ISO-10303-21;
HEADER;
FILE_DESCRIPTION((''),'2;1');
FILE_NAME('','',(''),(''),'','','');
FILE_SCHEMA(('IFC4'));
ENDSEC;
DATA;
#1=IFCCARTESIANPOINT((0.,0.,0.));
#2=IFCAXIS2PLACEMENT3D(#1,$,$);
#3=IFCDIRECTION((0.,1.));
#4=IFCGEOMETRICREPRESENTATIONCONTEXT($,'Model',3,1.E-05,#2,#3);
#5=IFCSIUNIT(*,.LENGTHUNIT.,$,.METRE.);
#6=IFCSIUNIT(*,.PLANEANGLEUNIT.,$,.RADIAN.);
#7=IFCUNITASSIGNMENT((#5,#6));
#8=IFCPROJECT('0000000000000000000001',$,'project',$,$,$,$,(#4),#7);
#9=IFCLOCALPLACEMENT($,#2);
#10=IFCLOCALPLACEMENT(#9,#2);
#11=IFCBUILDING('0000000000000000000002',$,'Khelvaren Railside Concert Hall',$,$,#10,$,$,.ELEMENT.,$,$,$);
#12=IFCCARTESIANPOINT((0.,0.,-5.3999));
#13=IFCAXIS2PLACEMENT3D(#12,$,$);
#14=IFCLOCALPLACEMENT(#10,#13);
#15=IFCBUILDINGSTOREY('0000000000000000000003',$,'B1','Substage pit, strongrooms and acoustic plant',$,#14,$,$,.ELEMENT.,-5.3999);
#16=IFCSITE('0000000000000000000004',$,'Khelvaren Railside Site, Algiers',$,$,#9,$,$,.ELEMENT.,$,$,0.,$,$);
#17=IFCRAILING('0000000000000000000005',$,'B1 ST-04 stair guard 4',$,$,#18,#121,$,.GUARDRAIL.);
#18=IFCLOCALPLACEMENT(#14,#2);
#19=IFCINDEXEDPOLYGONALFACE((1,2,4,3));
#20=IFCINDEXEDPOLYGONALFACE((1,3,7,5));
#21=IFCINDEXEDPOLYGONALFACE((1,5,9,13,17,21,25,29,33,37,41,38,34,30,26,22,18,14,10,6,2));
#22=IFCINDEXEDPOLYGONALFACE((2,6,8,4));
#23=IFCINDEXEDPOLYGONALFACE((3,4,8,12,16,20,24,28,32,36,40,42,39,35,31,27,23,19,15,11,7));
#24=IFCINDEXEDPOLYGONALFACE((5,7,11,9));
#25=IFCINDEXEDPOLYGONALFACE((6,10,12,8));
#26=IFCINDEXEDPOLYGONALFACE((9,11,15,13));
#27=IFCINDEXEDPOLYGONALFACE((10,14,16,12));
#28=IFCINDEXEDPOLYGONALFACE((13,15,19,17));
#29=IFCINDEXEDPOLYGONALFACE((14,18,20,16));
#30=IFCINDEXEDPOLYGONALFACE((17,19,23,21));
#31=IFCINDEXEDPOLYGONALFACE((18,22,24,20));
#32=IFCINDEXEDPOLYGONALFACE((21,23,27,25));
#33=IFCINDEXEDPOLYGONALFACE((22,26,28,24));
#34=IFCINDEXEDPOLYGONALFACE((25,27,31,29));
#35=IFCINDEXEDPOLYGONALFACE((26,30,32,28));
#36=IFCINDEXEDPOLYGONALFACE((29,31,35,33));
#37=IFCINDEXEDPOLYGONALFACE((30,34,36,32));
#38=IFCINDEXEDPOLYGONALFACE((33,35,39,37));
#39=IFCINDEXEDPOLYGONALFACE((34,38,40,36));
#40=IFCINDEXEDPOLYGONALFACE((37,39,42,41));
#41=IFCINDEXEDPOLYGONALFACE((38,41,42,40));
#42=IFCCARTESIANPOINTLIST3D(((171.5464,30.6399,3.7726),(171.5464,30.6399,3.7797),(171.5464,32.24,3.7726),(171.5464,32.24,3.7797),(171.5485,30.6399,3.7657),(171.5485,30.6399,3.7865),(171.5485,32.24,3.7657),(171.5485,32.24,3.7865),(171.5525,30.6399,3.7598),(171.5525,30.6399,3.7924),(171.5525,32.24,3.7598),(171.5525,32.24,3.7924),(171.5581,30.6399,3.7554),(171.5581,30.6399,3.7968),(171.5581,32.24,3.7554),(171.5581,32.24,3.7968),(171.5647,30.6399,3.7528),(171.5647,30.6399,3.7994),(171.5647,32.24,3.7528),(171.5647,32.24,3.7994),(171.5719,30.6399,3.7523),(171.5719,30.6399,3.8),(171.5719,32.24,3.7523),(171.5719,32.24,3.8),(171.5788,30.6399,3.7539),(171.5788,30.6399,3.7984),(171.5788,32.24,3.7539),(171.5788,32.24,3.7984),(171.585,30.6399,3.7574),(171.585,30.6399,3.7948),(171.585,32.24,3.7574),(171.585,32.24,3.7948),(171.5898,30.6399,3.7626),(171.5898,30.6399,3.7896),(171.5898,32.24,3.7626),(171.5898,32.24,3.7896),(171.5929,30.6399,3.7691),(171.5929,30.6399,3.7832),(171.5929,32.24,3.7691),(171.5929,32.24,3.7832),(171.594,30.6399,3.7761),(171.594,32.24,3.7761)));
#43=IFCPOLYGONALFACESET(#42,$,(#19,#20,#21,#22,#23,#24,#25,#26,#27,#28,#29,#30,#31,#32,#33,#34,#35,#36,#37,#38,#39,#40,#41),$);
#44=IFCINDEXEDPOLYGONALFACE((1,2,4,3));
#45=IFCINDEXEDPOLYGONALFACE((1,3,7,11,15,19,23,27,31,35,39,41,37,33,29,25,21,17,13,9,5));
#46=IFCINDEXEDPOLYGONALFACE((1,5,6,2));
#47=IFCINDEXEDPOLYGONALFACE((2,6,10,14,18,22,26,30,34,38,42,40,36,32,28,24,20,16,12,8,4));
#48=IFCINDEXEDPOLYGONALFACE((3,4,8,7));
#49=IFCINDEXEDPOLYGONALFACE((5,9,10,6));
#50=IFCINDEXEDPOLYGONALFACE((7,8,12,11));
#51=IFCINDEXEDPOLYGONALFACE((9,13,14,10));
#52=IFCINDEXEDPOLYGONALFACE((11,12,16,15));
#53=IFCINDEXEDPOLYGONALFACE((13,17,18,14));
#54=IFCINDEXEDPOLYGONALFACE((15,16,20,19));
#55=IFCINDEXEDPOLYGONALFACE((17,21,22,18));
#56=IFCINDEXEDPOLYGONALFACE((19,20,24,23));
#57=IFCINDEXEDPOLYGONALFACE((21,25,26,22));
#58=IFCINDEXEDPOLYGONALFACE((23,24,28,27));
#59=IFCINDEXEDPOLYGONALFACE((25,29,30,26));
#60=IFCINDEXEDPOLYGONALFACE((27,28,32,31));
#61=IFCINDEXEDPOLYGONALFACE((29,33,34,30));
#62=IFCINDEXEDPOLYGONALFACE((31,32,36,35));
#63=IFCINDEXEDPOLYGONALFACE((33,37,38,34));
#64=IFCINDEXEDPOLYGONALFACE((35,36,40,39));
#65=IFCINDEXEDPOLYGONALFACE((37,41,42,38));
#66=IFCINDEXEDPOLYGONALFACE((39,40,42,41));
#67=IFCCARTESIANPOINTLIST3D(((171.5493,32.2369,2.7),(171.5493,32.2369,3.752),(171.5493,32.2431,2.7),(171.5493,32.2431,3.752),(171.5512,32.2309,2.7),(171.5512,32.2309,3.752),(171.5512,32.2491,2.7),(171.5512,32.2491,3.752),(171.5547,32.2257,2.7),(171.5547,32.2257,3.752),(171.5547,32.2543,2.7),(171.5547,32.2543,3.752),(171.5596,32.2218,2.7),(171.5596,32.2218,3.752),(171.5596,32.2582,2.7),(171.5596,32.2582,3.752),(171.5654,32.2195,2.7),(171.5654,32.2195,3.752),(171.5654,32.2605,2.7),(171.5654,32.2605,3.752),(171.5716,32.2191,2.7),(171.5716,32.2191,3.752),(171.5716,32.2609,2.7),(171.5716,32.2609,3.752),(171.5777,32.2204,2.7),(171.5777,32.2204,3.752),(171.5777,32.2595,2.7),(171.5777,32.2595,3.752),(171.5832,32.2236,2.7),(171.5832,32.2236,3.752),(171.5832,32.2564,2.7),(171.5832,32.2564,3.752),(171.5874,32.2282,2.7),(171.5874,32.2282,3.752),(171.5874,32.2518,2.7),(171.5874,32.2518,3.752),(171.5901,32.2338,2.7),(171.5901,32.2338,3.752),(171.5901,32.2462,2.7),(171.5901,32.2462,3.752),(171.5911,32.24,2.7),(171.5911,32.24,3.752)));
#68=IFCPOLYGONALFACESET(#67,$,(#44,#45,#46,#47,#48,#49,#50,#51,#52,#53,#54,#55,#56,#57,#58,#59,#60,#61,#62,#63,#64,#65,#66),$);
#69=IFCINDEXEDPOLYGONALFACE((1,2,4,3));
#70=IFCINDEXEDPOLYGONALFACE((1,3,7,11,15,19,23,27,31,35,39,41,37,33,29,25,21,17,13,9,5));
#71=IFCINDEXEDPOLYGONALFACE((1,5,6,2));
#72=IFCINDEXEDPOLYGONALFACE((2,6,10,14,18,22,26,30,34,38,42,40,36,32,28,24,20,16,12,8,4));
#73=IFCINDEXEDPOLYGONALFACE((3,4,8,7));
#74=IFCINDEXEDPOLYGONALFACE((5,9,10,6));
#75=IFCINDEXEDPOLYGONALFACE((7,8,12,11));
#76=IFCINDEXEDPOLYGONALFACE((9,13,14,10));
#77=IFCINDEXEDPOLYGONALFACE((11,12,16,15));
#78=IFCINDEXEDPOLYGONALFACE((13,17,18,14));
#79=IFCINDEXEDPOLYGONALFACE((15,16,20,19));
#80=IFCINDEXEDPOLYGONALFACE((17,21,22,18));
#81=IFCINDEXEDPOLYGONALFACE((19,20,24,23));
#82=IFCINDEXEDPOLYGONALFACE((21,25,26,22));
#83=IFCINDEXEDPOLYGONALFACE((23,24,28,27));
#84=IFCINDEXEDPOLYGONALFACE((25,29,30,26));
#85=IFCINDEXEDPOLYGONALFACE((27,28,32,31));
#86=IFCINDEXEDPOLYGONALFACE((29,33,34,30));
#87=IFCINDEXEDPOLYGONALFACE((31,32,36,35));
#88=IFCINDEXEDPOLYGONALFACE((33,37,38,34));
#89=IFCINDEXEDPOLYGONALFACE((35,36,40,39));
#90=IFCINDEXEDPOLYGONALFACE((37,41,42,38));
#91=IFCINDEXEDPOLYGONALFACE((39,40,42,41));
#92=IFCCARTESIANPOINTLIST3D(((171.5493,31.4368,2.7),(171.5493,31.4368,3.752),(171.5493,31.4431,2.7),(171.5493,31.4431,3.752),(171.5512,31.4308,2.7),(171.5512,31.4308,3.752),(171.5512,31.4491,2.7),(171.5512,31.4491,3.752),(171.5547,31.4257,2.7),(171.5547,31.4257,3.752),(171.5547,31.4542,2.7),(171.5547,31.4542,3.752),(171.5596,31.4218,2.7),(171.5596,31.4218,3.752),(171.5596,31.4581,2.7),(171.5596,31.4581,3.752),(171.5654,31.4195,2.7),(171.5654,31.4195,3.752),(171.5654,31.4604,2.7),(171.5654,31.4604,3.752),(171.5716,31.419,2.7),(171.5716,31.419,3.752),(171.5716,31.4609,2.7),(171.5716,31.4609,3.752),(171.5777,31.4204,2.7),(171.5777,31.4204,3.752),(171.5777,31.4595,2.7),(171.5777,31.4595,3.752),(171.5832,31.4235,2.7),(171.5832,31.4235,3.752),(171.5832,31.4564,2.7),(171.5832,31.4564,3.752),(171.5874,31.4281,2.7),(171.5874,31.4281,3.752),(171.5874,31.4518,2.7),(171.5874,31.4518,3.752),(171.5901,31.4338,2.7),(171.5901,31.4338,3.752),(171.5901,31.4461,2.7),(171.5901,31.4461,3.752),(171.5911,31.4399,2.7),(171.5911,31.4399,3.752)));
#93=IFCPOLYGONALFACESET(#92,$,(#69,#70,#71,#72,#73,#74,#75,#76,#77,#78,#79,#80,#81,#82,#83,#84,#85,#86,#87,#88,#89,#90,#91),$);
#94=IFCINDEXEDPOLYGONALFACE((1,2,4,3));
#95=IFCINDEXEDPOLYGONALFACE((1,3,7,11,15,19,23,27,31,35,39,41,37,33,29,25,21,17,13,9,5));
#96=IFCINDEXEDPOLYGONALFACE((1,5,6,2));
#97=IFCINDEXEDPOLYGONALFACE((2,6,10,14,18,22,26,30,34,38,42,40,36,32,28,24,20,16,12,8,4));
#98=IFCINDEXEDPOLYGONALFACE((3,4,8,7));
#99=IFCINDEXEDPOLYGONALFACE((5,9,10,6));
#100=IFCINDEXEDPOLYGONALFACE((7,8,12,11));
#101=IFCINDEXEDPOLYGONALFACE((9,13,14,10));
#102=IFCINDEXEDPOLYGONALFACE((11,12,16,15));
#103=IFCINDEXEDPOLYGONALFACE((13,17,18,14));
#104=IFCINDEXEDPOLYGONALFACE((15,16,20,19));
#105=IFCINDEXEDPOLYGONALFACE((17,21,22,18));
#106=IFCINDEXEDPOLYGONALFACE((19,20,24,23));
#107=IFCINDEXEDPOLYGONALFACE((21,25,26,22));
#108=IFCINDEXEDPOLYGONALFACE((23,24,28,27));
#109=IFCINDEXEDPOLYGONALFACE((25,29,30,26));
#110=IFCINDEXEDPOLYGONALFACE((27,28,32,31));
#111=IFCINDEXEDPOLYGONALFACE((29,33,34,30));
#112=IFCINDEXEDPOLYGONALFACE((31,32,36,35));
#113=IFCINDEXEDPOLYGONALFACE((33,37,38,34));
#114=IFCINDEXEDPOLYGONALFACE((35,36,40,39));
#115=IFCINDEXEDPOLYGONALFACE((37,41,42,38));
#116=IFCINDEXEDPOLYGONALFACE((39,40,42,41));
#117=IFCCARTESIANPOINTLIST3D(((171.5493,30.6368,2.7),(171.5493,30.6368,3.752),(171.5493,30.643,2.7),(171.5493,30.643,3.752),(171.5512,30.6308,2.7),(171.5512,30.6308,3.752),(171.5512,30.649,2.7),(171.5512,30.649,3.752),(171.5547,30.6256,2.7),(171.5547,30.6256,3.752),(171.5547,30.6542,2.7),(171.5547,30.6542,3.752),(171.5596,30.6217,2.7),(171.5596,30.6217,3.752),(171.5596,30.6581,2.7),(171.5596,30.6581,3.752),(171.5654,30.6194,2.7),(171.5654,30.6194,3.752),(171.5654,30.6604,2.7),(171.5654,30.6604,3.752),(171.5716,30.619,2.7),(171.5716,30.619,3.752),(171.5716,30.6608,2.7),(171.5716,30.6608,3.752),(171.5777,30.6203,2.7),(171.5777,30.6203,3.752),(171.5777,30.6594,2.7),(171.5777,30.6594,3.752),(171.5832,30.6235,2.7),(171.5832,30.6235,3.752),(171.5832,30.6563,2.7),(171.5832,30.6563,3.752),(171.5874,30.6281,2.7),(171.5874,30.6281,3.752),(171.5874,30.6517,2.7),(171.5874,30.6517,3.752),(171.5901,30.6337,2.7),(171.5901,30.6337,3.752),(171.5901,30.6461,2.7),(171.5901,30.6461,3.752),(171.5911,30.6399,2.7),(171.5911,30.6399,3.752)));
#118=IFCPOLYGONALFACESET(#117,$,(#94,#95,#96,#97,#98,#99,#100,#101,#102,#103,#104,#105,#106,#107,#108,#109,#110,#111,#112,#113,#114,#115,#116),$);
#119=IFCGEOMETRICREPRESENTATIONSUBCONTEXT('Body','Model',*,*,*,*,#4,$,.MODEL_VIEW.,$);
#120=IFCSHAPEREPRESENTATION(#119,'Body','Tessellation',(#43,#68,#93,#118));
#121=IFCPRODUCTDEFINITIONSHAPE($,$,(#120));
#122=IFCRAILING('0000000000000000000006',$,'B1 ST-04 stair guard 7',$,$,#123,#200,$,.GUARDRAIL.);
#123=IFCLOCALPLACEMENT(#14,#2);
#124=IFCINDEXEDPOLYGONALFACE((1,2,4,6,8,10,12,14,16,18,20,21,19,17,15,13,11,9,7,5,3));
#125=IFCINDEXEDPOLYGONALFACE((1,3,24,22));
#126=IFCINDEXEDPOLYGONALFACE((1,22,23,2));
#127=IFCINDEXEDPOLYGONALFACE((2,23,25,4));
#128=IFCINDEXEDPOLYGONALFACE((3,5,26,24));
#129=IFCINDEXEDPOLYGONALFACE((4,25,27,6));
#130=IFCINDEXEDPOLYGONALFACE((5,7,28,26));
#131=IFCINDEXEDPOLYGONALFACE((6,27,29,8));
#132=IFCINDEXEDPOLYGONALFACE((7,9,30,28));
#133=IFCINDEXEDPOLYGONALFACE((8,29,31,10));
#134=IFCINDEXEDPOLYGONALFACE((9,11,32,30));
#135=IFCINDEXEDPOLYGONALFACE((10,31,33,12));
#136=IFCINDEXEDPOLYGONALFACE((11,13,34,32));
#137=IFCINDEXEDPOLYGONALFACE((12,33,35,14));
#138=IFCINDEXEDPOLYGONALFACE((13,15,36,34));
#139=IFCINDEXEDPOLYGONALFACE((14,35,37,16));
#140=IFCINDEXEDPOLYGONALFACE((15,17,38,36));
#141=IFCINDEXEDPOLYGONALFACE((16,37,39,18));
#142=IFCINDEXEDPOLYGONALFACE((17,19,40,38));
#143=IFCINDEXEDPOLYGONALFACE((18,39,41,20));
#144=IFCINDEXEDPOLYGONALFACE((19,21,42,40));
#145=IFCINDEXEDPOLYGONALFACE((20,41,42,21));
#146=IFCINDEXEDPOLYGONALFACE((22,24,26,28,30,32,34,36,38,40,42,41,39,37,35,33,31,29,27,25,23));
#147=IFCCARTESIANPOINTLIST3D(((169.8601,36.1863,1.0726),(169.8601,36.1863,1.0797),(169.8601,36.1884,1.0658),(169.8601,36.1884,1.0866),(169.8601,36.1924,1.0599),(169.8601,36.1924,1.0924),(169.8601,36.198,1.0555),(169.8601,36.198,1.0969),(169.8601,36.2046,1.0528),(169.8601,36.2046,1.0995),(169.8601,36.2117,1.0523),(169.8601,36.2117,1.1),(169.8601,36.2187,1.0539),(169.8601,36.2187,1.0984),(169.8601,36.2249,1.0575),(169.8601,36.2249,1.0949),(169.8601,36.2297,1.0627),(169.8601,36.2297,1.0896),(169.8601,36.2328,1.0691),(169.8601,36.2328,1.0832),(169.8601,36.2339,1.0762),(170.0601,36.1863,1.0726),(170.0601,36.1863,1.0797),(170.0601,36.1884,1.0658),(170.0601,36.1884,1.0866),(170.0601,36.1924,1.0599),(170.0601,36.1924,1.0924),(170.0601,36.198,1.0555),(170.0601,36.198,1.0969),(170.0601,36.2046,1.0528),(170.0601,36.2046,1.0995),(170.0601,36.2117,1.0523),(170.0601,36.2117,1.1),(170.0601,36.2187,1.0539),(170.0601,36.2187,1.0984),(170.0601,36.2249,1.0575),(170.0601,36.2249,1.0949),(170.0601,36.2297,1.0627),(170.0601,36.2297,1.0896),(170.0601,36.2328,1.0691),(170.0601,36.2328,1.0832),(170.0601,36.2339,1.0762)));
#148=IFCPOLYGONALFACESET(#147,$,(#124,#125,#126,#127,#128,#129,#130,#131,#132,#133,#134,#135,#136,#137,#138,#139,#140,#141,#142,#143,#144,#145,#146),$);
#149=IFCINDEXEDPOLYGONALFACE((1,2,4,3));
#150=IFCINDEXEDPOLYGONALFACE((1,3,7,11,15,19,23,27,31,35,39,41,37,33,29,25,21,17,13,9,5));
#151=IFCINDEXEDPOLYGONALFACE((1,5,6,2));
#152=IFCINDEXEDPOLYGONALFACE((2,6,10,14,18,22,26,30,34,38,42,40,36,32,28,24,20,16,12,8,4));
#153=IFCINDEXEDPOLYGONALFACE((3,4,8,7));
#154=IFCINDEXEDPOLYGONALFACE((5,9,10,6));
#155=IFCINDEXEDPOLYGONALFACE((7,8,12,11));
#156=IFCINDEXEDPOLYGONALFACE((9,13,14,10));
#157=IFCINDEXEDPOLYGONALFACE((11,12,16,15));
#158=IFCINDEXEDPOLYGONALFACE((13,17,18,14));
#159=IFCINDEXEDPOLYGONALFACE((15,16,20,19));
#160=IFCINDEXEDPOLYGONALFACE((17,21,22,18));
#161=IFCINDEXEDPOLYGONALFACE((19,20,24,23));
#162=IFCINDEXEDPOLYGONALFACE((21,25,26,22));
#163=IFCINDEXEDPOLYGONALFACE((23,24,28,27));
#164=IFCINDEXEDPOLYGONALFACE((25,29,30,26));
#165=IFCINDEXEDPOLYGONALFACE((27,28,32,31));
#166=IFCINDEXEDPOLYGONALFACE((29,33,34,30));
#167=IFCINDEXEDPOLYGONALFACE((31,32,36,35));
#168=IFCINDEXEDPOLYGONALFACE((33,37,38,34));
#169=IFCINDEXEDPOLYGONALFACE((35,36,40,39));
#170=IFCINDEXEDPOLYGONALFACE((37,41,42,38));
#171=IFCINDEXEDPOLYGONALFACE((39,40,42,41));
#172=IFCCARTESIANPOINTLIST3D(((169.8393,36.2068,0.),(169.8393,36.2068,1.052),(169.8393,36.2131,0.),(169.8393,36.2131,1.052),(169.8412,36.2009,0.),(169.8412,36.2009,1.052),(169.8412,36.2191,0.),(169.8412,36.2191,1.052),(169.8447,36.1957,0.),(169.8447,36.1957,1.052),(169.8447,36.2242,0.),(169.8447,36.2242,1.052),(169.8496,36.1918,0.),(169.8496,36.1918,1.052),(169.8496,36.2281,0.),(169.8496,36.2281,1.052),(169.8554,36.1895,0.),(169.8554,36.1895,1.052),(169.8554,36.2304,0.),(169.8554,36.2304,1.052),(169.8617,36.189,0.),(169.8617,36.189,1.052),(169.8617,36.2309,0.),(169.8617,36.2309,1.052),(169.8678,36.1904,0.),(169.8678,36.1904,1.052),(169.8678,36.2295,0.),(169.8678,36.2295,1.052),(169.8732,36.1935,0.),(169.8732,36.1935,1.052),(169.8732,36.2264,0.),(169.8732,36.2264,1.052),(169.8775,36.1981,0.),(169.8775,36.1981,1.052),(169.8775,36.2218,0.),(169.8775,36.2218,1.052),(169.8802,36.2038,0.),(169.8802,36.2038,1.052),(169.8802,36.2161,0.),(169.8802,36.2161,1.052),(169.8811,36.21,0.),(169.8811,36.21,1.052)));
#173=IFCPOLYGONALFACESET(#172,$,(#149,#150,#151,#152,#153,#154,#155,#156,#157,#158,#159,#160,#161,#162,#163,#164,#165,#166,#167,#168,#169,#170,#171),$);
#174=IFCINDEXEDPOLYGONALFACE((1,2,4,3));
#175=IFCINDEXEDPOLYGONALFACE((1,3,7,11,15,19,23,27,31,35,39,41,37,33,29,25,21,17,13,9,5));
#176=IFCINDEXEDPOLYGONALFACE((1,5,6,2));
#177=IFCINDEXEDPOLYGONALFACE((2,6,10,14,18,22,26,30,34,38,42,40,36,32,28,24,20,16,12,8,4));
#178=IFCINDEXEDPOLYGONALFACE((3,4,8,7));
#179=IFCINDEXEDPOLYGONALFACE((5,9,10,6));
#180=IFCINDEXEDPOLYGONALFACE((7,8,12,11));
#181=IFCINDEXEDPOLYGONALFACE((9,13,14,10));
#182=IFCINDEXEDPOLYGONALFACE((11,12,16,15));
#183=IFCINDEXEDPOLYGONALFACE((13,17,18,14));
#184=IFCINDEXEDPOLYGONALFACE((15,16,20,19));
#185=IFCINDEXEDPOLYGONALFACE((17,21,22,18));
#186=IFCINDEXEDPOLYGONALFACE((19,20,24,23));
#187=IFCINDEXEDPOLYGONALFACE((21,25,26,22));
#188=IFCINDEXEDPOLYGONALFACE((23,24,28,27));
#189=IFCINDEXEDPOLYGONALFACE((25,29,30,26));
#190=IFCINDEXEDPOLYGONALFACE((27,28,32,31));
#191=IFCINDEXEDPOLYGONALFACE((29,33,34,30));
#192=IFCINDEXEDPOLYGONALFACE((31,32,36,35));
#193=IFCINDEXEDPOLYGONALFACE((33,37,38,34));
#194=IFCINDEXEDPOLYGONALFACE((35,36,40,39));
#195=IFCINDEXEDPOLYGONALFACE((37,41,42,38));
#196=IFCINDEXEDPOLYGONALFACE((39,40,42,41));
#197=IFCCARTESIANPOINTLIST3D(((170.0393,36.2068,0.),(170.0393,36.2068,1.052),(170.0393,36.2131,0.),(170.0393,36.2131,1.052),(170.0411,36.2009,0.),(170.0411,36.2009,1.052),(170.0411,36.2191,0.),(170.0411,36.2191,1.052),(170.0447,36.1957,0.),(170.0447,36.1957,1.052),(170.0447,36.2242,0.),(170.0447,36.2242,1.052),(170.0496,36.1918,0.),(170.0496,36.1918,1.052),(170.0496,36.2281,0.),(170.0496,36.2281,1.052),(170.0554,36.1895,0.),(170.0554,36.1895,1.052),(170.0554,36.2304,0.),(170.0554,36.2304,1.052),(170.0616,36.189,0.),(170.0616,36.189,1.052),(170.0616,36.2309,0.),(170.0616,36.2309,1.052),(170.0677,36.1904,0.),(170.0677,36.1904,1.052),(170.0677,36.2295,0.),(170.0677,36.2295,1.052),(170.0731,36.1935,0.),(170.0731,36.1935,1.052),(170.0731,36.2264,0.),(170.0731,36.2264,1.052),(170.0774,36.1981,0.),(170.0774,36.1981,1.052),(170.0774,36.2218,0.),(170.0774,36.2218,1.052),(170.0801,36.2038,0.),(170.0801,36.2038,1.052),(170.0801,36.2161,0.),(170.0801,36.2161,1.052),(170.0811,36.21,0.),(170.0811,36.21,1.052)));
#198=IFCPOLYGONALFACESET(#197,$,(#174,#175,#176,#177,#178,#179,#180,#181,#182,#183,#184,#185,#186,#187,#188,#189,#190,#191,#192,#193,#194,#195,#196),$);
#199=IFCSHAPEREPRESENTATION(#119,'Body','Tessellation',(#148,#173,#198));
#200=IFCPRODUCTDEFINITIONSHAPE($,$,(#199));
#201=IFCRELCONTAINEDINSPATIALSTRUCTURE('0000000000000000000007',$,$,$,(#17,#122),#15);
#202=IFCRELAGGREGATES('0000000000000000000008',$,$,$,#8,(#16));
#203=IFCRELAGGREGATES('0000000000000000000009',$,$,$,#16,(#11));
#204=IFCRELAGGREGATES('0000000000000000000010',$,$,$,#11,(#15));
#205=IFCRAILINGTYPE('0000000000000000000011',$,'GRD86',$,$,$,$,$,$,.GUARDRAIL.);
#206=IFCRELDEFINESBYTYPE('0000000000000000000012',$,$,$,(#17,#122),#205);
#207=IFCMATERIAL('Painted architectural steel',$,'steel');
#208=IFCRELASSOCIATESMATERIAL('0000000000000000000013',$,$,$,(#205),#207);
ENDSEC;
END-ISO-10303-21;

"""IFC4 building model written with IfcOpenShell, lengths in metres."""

from ifc_helpers import new_model, si_unit, direction, frame, origin, origin_2d, place, context, subcontext, project, spatial, circle, extrude, material, type_object, element, save


model = new_model("IFC4")

# Units and contexts
model_context = context("Model", 3, precision=1e-05, world=origin(), true_north=direction((0.0, 1.0)))
body_context = subcontext(model_context, "Body", "Model", "MODEL_VIEW")
ifc_project = project(units=[si_unit("LENGTHUNIT", "METRE"), si_unit("PLANEANGLEUNIT", "RADIAN")], contexts=[model_context])

# Site, building, storey
site_placement = place(None, origin())
site = spatial("IfcSite", under=ifc_project, at=site_placement, Name="Khelvaren Railside Site, Algiers", CompositionType="ELEMENT", RefElevation=0.0)
building_placement = place(site_placement, origin())
building = spatial("IfcBuilding", under=site, at=building_placement, Name="Khelvaren Railside Concert Hall", CompositionType="ELEMENT")
storey_placement = place(building_placement, frame((0.0, 0.0, -5.3999)))
storey = spatial("IfcBuildingStorey", under=building, at=storey_placement, Name="B1", Description="Substage pit, strongrooms and acoustic plant", CompositionType="ELEMENT", Elevation=-5.3999)

# Railings
ifc_material_1 = material(Name="Painted architectural steel", Category="steel")
railing_type_1 = type_object("IfcRailingType", Name="GRD86", PredefinedType="GUARDRAIL", material=ifc_material_1)
railing_1_placement = place(storey_placement, frame((171.5701, 32.24, 2.7)))
element("IfcRailing", 1, at=railing_1_placement, inside=storey, type_object=railing_type_1, Name="B1 ST-04 stair guard 4", PredefinedType="GUARDRAIL", context=body_context, shape_type="SweptSolid", body=[
    extrude(circle(Radius=0.0239, at=origin_2d()), frame((0.0, 0.0, 1.0762), z_axis=(0.0, -1.0, 0.0), x_axis=(1.0, 0.0, 0.0)), (0.0, 0.0, 1.0), 1.6001),
    extrude(circle(Radius=0.021, at=origin_2d()), origin(), (0.0, 0.0, 1.0), 1.052),
    extrude(circle(Radius=0.021, at=origin_2d()), frame((0.0, -0.8, 0.0)), (0.0, 0.0, 1.0), 1.052),
    extrude(circle(Radius=0.021, at=origin_2d()), frame((0.0, -1.6001, 0.0)), (0.0, 0.0, 1.0), 1.052),
])
railing_2_placement = place(storey_placement, frame((169.8601, 36.21, 0.0)))
element("IfcRailing", 2, at=railing_2_placement, inside=storey, type_object=railing_type_1, Name="B1 ST-04 stair guard 7", PredefinedType="GUARDRAIL", context=body_context, shape_type="SweptSolid", body=[
    extrude(circle(Radius=0.0239, at=origin_2d()), frame((0.0, 0.0, 1.0762), z_axis=(1.0, 0.0, 0.0), x_axis=(0.0, 1.0, 0.0)), (0.0, 0.0, 1.0), 0.2),
    extrude(circle(Radius=0.021, at=origin_2d()), origin(), (0.0, 0.0, 1.0), 1.052),
    extrude(circle(Radius=0.021, at=origin_2d()), frame((0.2, 0.0, 0.0)), (0.0, 0.0, 1.0), 1.052),
])

save(model, "model.ifc")
